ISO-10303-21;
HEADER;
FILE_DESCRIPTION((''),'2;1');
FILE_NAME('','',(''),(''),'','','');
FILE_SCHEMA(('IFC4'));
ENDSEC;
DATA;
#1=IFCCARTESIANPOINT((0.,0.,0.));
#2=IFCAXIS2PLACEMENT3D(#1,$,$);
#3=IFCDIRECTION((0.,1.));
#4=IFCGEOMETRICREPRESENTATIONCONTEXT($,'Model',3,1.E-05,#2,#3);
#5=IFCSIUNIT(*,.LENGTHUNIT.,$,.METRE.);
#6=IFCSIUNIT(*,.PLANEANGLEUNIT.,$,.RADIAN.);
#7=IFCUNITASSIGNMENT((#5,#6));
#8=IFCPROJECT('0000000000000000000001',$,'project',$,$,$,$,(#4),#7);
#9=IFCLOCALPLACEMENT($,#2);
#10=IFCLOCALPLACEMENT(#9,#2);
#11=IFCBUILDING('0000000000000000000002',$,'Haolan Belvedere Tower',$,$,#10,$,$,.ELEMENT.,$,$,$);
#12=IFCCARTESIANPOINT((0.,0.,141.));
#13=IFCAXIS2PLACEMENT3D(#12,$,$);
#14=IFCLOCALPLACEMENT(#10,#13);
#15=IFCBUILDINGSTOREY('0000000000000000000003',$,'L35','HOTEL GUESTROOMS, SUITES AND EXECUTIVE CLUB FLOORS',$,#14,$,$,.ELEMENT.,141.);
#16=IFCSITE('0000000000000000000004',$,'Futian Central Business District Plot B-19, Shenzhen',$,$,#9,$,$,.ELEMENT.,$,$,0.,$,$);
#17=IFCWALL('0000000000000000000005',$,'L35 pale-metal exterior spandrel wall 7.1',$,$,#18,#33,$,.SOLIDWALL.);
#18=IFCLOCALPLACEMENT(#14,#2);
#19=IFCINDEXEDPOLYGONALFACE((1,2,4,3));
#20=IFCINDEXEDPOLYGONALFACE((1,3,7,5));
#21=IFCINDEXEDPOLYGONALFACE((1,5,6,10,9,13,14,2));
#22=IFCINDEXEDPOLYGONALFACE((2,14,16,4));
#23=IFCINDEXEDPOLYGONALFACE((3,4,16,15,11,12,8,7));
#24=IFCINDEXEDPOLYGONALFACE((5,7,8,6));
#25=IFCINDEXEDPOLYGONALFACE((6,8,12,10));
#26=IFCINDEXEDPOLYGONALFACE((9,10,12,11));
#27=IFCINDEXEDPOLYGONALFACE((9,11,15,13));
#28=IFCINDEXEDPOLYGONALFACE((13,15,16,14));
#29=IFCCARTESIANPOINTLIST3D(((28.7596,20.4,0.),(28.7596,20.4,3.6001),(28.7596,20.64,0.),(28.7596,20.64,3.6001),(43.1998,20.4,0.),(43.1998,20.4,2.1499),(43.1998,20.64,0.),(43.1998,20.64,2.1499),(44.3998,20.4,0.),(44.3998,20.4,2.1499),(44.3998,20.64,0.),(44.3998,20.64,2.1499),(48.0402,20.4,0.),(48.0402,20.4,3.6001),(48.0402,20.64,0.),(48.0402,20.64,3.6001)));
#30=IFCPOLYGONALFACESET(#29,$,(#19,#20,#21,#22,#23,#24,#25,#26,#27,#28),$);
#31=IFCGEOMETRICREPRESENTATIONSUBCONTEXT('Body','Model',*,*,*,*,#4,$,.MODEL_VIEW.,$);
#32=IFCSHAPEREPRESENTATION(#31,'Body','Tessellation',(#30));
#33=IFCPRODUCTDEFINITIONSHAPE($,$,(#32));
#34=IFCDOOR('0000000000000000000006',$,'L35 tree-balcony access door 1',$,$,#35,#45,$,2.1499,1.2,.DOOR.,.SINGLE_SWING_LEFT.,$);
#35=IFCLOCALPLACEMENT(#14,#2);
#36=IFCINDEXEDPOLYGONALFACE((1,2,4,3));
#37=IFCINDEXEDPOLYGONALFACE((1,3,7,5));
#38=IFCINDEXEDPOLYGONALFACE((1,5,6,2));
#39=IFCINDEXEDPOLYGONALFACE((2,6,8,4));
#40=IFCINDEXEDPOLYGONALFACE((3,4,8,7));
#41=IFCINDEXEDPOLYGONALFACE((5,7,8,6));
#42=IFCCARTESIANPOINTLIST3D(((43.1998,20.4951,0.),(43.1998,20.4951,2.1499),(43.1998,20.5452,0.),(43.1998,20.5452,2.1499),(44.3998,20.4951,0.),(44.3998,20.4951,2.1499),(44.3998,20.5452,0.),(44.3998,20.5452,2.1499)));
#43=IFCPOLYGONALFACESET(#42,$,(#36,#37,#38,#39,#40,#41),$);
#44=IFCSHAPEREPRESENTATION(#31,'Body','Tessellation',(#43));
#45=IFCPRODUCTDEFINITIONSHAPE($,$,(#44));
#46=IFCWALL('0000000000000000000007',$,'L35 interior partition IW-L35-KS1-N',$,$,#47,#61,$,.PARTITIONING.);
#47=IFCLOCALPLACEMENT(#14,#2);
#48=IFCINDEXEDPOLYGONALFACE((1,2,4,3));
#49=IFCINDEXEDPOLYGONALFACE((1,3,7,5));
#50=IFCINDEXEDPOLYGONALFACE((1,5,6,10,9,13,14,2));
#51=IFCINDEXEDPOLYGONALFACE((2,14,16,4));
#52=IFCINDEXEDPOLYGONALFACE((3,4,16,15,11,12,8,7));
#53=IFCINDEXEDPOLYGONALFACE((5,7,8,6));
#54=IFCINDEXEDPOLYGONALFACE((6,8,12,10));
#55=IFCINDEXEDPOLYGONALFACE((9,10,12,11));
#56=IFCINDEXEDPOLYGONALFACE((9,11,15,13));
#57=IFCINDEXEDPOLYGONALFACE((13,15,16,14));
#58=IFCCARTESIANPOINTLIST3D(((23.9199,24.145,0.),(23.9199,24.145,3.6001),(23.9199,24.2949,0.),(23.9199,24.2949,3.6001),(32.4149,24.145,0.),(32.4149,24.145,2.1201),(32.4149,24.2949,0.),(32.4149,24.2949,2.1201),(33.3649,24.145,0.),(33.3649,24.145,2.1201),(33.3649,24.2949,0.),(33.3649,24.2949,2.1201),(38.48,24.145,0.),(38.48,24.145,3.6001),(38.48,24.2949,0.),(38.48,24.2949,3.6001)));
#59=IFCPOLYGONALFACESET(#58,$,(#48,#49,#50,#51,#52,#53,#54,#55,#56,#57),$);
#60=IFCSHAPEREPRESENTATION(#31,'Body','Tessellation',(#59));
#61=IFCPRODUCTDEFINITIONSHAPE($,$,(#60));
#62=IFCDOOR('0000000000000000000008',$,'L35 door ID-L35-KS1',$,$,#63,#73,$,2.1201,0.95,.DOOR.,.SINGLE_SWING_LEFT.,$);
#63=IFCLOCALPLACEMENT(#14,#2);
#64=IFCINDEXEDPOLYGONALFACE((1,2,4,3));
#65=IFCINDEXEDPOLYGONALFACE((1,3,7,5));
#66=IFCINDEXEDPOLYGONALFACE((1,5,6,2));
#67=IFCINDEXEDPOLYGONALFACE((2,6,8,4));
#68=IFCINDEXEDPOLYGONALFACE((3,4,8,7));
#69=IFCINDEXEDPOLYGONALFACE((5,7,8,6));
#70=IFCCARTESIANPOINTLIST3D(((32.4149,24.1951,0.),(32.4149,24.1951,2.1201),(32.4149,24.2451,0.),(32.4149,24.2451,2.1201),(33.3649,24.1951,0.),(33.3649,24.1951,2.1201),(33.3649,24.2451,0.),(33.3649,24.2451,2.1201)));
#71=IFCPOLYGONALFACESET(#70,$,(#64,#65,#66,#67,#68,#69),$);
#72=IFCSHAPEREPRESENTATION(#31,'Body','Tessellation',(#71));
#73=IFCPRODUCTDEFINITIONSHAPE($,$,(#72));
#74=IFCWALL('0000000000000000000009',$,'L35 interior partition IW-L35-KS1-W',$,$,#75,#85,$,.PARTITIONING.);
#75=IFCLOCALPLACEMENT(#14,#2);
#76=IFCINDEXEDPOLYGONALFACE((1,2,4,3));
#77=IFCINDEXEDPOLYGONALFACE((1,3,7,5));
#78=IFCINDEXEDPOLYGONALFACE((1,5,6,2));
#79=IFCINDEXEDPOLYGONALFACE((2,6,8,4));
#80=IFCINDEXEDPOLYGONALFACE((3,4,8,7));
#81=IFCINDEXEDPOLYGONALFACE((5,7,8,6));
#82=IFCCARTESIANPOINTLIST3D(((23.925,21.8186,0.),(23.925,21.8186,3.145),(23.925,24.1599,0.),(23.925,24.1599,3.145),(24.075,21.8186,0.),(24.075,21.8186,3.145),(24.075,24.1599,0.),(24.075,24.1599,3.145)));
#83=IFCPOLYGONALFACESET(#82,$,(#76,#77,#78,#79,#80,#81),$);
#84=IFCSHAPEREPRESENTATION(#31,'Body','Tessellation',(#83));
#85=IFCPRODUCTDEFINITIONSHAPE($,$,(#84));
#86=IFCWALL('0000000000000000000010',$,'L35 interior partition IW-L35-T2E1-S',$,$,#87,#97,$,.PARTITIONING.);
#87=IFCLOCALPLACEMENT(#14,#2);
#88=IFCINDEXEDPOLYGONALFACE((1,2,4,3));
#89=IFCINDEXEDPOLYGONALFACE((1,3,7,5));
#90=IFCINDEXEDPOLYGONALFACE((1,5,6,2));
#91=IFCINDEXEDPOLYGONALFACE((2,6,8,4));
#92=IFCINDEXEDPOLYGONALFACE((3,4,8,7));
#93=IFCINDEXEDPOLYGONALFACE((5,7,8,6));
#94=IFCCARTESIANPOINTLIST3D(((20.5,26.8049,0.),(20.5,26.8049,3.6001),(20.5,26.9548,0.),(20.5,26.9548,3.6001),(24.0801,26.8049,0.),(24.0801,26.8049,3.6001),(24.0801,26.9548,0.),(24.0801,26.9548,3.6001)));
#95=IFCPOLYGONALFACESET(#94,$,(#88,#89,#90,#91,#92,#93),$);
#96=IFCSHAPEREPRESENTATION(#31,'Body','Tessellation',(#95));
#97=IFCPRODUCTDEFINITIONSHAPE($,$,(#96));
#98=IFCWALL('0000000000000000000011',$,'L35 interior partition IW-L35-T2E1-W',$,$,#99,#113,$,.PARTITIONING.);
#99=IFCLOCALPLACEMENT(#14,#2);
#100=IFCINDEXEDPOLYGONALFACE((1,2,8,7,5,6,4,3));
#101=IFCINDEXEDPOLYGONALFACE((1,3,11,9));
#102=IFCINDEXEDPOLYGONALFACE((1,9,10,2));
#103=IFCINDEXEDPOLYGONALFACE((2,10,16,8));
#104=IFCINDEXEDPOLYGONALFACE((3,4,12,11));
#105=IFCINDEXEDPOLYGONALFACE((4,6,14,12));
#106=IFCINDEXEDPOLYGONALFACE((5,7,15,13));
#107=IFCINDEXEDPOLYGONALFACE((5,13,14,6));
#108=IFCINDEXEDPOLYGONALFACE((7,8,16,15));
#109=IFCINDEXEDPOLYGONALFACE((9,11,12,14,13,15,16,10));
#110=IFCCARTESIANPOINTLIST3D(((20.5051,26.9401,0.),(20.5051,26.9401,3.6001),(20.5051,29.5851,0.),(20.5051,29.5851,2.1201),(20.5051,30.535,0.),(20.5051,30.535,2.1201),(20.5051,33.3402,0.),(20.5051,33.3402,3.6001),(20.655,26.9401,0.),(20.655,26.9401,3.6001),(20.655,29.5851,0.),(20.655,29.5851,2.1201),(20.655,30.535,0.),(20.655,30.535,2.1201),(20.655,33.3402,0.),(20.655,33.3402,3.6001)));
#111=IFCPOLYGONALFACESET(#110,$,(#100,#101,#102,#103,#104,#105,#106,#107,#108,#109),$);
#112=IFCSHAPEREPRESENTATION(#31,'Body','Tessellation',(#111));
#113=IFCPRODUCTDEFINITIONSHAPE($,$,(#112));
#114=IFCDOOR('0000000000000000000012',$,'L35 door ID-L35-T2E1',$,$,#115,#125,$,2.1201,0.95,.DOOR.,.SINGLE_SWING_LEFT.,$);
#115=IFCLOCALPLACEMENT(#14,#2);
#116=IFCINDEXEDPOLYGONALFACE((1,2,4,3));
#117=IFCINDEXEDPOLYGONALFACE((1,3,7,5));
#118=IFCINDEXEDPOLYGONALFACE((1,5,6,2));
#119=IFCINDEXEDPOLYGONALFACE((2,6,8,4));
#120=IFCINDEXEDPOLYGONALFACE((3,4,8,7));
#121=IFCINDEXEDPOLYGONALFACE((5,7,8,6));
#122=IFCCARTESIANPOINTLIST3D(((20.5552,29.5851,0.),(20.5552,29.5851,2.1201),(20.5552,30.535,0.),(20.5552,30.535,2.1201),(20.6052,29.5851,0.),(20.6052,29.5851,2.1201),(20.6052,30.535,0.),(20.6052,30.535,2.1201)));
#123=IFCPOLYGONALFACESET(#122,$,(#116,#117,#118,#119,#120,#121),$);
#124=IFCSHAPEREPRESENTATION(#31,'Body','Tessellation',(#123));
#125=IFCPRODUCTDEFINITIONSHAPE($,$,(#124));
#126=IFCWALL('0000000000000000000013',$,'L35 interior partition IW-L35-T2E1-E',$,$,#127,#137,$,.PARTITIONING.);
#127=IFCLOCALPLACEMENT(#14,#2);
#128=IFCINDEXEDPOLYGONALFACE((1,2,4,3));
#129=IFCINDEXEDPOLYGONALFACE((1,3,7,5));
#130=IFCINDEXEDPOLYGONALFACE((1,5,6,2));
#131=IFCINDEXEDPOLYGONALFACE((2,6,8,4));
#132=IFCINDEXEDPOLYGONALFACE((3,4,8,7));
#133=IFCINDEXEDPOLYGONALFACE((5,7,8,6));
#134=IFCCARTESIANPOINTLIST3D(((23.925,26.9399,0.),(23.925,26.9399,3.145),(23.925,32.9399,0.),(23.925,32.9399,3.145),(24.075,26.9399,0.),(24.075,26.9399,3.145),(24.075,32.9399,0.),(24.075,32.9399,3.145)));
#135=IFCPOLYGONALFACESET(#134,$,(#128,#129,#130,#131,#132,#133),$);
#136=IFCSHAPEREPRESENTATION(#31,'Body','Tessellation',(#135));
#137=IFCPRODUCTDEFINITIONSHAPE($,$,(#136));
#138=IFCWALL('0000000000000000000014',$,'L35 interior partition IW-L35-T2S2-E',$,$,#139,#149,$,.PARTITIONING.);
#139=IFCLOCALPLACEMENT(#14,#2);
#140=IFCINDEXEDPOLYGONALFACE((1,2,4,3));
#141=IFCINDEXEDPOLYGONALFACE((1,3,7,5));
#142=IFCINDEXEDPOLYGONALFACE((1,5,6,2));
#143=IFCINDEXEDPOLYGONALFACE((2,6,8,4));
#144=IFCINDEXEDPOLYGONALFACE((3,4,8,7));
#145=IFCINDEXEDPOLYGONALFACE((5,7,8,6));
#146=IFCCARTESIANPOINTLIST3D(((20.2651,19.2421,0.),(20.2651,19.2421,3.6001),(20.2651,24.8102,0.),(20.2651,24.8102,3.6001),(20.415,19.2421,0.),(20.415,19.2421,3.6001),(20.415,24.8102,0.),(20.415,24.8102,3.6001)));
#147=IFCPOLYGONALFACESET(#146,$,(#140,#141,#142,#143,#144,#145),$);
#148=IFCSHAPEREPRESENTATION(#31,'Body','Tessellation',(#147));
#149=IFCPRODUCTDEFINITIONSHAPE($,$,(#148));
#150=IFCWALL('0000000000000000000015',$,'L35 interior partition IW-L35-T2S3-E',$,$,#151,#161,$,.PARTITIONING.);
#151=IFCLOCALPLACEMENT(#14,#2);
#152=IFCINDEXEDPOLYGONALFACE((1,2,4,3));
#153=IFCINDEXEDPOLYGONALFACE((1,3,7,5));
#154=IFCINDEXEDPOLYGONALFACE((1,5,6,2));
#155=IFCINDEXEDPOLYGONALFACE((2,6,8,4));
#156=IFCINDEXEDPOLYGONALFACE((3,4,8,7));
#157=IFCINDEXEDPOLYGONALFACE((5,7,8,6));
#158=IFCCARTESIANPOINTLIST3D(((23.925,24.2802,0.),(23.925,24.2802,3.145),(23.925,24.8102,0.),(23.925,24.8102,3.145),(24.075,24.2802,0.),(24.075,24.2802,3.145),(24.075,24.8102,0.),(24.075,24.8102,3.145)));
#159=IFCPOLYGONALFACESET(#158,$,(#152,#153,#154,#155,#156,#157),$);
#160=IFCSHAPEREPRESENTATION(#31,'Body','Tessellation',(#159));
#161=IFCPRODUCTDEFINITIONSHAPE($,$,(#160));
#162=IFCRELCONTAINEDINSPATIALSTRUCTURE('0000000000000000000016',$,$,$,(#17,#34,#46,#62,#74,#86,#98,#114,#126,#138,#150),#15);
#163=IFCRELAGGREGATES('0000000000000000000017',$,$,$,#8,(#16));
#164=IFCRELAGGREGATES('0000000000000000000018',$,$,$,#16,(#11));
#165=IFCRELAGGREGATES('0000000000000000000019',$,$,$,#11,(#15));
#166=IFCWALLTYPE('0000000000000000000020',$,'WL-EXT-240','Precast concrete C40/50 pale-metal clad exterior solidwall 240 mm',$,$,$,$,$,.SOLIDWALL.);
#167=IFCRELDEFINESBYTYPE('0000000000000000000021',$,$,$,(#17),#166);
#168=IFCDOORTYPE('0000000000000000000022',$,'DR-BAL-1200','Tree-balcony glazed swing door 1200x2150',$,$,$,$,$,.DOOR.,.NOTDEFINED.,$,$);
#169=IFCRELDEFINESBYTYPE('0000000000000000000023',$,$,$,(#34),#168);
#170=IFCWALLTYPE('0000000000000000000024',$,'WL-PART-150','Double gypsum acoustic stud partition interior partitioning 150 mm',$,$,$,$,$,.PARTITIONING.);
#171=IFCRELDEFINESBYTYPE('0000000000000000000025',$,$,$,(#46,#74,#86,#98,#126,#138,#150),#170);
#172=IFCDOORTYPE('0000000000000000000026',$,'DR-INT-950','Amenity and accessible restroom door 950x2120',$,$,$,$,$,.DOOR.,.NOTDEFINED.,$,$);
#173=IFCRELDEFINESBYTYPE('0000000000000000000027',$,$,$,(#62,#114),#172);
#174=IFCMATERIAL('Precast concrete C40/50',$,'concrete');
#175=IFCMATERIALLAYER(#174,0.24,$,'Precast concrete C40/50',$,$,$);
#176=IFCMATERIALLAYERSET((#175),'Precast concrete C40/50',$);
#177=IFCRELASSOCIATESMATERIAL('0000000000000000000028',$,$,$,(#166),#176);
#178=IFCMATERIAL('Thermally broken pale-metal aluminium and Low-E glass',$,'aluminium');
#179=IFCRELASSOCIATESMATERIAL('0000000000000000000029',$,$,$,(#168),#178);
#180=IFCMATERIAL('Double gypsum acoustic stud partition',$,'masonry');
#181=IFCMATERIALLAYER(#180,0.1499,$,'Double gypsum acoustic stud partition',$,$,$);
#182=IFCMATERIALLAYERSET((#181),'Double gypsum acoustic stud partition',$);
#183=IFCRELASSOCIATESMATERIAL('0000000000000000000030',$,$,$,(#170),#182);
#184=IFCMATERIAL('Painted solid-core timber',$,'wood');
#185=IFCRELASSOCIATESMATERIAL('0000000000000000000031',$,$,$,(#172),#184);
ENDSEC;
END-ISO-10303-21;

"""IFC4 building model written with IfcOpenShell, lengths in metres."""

from ifc_helpers import new_model, si_unit, direction, frame, frame_2d, origin, place, context, subcontext, project, spatial, rectangle, extrude, material, layer, layer_set, type_object, element, fill, save


model = new_model("IFC4")

# Units and contexts
model_context = context("Model", 3, precision=1e-05, world=origin(), true_north=direction((0.0, 1.0)))
body_context = subcontext(model_context, "Body", "Model", "MODEL_VIEW")
ifc_project = project(units=[si_unit("LENGTHUNIT", "METRE"), si_unit("PLANEANGLEUNIT", "RADIAN")], contexts=[model_context])

# Site, building, storey
site_placement = place(None, origin())
site = spatial("IfcSite", under=ifc_project, at=site_placement, Name="Futian Central Business District Plot B-19, Shenzhen", CompositionType="ELEMENT", RefElevation=0.0)
building_placement = place(site_placement, origin())
building = spatial("IfcBuilding", under=site, at=building_placement, Name="Haolan Belvedere Tower", CompositionType="ELEMENT")
storey_placement = place(building_placement, frame((0.0, 0.0, 141.0)))
storey = spatial("IfcBuildingStorey", under=building, at=storey_placement, Name="L35", Description="HOTEL GUESTROOMS, SUITES AND EXECUTIVE CLUB FLOORS", CompositionType="ELEMENT", Elevation=141.0)

# Shared definitions
ifc_material_1 = material(Name="Precast concrete C40/50", Category="concrete")
ifc_layer_1 = layer(ifc_material_1, 0.24, Name="Precast concrete C40/50")
ifc_layer_set_1 = layer_set([ifc_layer_1], Name="Precast concrete C40/50")
wall_type_1 = type_object("IfcWallType", Name="WL-EXT-240", Description="Precast concrete C40/50 pale-metal clad exterior solidwall 240 mm", PredefinedType="SOLIDWALL", material=ifc_layer_set_1)

# Walls, openings, doors
wall_1_placement = place(storey_placement, frame((28.7598, 20.52, 0.0), z_axis=(0.0, 0.0, 1.0), x_axis=(1.0, 0.0, 0.0)))
wall_1 = element("IfcWall", 1, at=wall_1_placement, inside=storey, type_object=wall_type_1, Name="L35 pale-metal exterior spandrel wall 7.1", PredefinedType="SOLIDWALL", context=body_context, shape_type="SweptSolid", body=[
    extrude(rectangle(XDim=19.2805, YDim=0.24, at=frame_2d((9.6401, 0.0))), origin(), (0.0, 0.0, 1.0), 3.6001),
])
opening_1_placement = place(wall_1_placement, frame((15.6401, 0.0, 0.0), z_axis=(0.0, 0.0, 1.0), x_axis=(-1.0, 0.0, 0.0)))
opening_1 = element("IfcOpeningElement", 2, at=opening_1_placement, cuts=wall_1, PredefinedType="OPENING", context=body_context, shape_type="SweptSolid", body=[
    extrude(rectangle(XDim=1.2, YDim=2.1499, at=frame_2d((0.6001, 1.075))), frame((0.0, 0.1299, 0.0), z_axis=(0.0, -1.0, 0.0), x_axis=(1.0, 0.0, 0.0)), (0.0, 0.0, 1.0), 0.26),
])
ifc_material_2 = material(Name="Thermally broken pale-metal aluminium and Low-E glass", Category="aluminium")
door_type_1 = type_object("IfcDoorType", Name="DR-BAL-1200", Description="Tree-balcony glazed swing door 1200x2150", OperationType="NOTDEFINED", PredefinedType="DOOR", material=ifc_material_2)
door_1_placement = place(opening_1_placement, origin())
door_1 = element("IfcDoor", 3, at=door_1_placement, inside=storey, type_object=door_type_1, Name="L35 tree-balcony access door 1", OperationType="SINGLE_SWING_LEFT", OverallHeight=2.1499, OverallWidth=1.2, PredefinedType="DOOR", context=body_context, shape_type="SweptSolid", body=[
    extrude(rectangle(XDim=1.2, YDim=2.1499, at=frame_2d((0.6001, 1.075))), frame((0.0, 0.0249, 0.0), z_axis=(0.0, -1.0, 0.0), x_axis=(1.0, 0.0, 0.0)), (0.0, 0.0, 1.0), 0.05),
])
fill(opening_1, door_1)
ifc_material_3 = material(Name="Double gypsum acoustic stud partition", Category="masonry")
ifc_layer_2 = layer(ifc_material_3, 0.1499, Name="Double gypsum acoustic stud partition")
ifc_layer_set_2 = layer_set([ifc_layer_2], Name="Double gypsum acoustic stud partition")
wall_type_2 = type_object("IfcWallType", Name="WL-PART-150", Description="Double gypsum acoustic stud partition interior partitioning 150 mm", PredefinedType="PARTITIONING", material=ifc_layer_set_2)
wall_2_placement = place(storey_placement, frame((23.9199, 24.22, 0.0), z_axis=(0.0, 0.0, 1.0), x_axis=(1.0, 0.0, 0.0)))
wall_2 = element("IfcWall", 4, at=wall_2_placement, inside=storey, type_object=wall_type_2, Name="L35 interior partition IW-L35-KS1-N", PredefinedType="PARTITIONING", context=body_context, shape_type="SweptSolid", body=[
    extrude(rectangle(XDim=14.5601, YDim=0.1499, at=frame_2d((7.28, 0.0))), origin(), (0.0, 0.0, 1.0), 3.6001),
])
opening_2_placement = place(wall_2_placement, frame((9.4451, 0.0, 0.0), z_axis=(0.0, 0.0, 1.0), x_axis=(-1.0, 0.0, 0.0)))
opening_2 = element("IfcOpeningElement", 5, at=opening_2_placement, cuts=wall_2, PredefinedType="OPENING", context=body_context, shape_type="SweptSolid", body=[
    extrude(rectangle(XDim=0.95, YDim=2.1201, at=frame_2d((0.4751, 1.0601))), frame((0.0, 0.085, 0.0), z_axis=(0.0, -1.0, 0.0), x_axis=(1.0, 0.0, 0.0)), (0.0, 0.0, 1.0), 0.1699),
])
ifc_material_4 = material(Name="Painted solid-core timber", Category="wood")
door_type_2 = type_object("IfcDoorType", Name="DR-INT-950", Description="Amenity and accessible restroom door 950x2120", OperationType="NOTDEFINED", PredefinedType="DOOR", material=ifc_material_4)
door_2_placement = place(opening_2_placement, origin())
door_2 = element("IfcDoor", 6, at=door_2_placement, inside=storey, type_object=door_type_2, Name="L35 door ID-L35-KS1", OperationType="SINGLE_SWING_LEFT", OverallHeight=2.1201, OverallWidth=0.95, PredefinedType="DOOR", context=body_context, shape_type="SweptSolid", body=[
    extrude(rectangle(XDim=0.95, YDim=2.1201, at=frame_2d((0.4751, 1.0601))), frame((0.0, 0.0249, 0.0), z_axis=(0.0, -1.0, 0.0), x_axis=(1.0, 0.0, 0.0)), (0.0, 0.0, 1.0), 0.05),
])
fill(opening_2, door_2)

# Walls
wall_3_placement = place(storey_placement, frame((24.0, 21.8186, 0.0), z_axis=(0.0, 0.0, 1.0), x_axis=(0.0, 1.0, 0.0)))
element("IfcWall", 7, at=wall_3_placement, inside=storey, type_object=wall_type_2, Name="L35 interior partition IW-L35-KS1-W", PredefinedType="PARTITIONING", context=body_context, shape_type="SweptSolid", body=[
    extrude(rectangle(XDim=2.3413, YDim=0.1499, at=frame_2d((1.1707, 0.0))), origin(), (0.0, 0.0, 1.0), 3.145),
])
wall_4_placement = place(storey_placement, frame((20.5, 26.8799, 0.0), z_axis=(0.0, 0.0, 1.0), x_axis=(1.0, 0.0, 0.0)))
element("IfcWall", 8, at=wall_4_placement, inside=storey, type_object=wall_type_2, Name="L35 interior partition IW-L35-T2E1-S", PredefinedType="PARTITIONING", context=body_context, shape_type="SweptSolid", body=[
    extrude(rectangle(XDim=3.5801, YDim=0.1499, at=frame_2d((1.79, 0.0))), origin(), (0.0, 0.0, 1.0), 3.6001),
])

# Wall, opening, door
wall_5_placement = place(storey_placement, frame((20.5801, 26.9399, 0.0), z_axis=(0.0, 0.0, 1.0), x_axis=(0.0, 1.0, 0.0)))
wall_5 = element("IfcWall", 9, at=wall_5_placement, inside=storey, type_object=wall_type_2, Name="L35 interior partition IW-L35-T2E1-W", PredefinedType="PARTITIONING", context=body_context, shape_type="SweptSolid", body=[
    extrude(rectangle(XDim=6.4001, YDim=0.1499, at=frame_2d((3.2002, 0.0))), origin(), (0.0, 0.0, 1.0), 3.6001),
])
opening_3_placement = place(wall_5_placement, frame((2.645, 0.0, 0.0)))
opening_3 = element("IfcOpeningElement", 10, at=opening_3_placement, cuts=wall_5, PredefinedType="OPENING", context=body_context, shape_type="SweptSolid", body=[
    extrude(rectangle(XDim=0.95, YDim=2.1201, at=frame_2d((0.4751, 1.0601))), frame((0.0, 0.085, 0.0), z_axis=(0.0, -1.0, 0.0), x_axis=(1.0, 0.0, 0.0)), (0.0, 0.0, 1.0), 0.1699),
])
door_3_placement = place(opening_3_placement, origin())
door_3 = element("IfcDoor", 11, at=door_3_placement, inside=storey, type_object=door_type_2, Name="L35 door ID-L35-T2E1", OperationType="SINGLE_SWING_LEFT", OverallHeight=2.1201, OverallWidth=0.95, PredefinedType="DOOR", context=body_context, shape_type="SweptSolid", body=[
    extrude(rectangle(XDim=0.95, YDim=2.1201, at=frame_2d((0.4751, 1.0601))), frame((0.0, 0.0249, 0.0), z_axis=(0.0, -1.0, 0.0), x_axis=(1.0, 0.0, 0.0)), (0.0, 0.0, 1.0), 0.05),
])
fill(opening_3, door_3)

# Walls
wall_6_placement = place(storey_placement, frame((24.0, 26.9399, 0.0), z_axis=(0.0, 0.0, 1.0), x_axis=(0.0, 1.0, 0.0)))
element("IfcWall", 12, at=wall_6_placement, inside=storey, type_object=wall_type_2, Name="L35 interior partition IW-L35-T2E1-E", PredefinedType="PARTITIONING", context=body_context, shape_type="SweptSolid", body=[
    extrude(rectangle(XDim=6.0, YDim=0.1499, at=frame_2d((3.0, 0.0))), origin(), (0.0, 0.0, 1.0), 3.145),
])
wall_7_placement = place(storey_placement, frame((20.3401, 19.2419, 0.0), z_axis=(0.0, 0.0, 1.0), x_axis=(0.0, 1.0, 0.0)))
element("IfcWall", 13, at=wall_7_placement, inside=storey, type_object=wall_type_2, Name="L35 interior partition IW-L35-T2S2-E", PredefinedType="PARTITIONING", context=body_context, shape_type="SweptSolid", body=[
    extrude(rectangle(XDim=5.5681, YDim=0.1499, at=frame_2d((2.7842, 0.0))), origin(), (0.0, 0.0, 1.0), 3.6001),
])

# Wall
wall_8_placement = place(storey_placement, frame((24.0, 24.28, 0.0), z_axis=(0.0, 0.0, 1.0), x_axis=(0.0, 1.0, 0.0)))
element("IfcWall", 14, at=wall_8_placement, inside=storey, type_object=wall_type_2, Name="L35 interior partition IW-L35-T2S3-E", PredefinedType="PARTITIONING", context=body_context, shape_type="SweptSolid", body=[
    extrude(rectangle(XDim=0.53, YDim=0.1499, at=frame_2d((0.2651, 0.0))), origin(), (0.0, 0.0, 1.0), 3.145),
])

save(model, "model.ifc")
